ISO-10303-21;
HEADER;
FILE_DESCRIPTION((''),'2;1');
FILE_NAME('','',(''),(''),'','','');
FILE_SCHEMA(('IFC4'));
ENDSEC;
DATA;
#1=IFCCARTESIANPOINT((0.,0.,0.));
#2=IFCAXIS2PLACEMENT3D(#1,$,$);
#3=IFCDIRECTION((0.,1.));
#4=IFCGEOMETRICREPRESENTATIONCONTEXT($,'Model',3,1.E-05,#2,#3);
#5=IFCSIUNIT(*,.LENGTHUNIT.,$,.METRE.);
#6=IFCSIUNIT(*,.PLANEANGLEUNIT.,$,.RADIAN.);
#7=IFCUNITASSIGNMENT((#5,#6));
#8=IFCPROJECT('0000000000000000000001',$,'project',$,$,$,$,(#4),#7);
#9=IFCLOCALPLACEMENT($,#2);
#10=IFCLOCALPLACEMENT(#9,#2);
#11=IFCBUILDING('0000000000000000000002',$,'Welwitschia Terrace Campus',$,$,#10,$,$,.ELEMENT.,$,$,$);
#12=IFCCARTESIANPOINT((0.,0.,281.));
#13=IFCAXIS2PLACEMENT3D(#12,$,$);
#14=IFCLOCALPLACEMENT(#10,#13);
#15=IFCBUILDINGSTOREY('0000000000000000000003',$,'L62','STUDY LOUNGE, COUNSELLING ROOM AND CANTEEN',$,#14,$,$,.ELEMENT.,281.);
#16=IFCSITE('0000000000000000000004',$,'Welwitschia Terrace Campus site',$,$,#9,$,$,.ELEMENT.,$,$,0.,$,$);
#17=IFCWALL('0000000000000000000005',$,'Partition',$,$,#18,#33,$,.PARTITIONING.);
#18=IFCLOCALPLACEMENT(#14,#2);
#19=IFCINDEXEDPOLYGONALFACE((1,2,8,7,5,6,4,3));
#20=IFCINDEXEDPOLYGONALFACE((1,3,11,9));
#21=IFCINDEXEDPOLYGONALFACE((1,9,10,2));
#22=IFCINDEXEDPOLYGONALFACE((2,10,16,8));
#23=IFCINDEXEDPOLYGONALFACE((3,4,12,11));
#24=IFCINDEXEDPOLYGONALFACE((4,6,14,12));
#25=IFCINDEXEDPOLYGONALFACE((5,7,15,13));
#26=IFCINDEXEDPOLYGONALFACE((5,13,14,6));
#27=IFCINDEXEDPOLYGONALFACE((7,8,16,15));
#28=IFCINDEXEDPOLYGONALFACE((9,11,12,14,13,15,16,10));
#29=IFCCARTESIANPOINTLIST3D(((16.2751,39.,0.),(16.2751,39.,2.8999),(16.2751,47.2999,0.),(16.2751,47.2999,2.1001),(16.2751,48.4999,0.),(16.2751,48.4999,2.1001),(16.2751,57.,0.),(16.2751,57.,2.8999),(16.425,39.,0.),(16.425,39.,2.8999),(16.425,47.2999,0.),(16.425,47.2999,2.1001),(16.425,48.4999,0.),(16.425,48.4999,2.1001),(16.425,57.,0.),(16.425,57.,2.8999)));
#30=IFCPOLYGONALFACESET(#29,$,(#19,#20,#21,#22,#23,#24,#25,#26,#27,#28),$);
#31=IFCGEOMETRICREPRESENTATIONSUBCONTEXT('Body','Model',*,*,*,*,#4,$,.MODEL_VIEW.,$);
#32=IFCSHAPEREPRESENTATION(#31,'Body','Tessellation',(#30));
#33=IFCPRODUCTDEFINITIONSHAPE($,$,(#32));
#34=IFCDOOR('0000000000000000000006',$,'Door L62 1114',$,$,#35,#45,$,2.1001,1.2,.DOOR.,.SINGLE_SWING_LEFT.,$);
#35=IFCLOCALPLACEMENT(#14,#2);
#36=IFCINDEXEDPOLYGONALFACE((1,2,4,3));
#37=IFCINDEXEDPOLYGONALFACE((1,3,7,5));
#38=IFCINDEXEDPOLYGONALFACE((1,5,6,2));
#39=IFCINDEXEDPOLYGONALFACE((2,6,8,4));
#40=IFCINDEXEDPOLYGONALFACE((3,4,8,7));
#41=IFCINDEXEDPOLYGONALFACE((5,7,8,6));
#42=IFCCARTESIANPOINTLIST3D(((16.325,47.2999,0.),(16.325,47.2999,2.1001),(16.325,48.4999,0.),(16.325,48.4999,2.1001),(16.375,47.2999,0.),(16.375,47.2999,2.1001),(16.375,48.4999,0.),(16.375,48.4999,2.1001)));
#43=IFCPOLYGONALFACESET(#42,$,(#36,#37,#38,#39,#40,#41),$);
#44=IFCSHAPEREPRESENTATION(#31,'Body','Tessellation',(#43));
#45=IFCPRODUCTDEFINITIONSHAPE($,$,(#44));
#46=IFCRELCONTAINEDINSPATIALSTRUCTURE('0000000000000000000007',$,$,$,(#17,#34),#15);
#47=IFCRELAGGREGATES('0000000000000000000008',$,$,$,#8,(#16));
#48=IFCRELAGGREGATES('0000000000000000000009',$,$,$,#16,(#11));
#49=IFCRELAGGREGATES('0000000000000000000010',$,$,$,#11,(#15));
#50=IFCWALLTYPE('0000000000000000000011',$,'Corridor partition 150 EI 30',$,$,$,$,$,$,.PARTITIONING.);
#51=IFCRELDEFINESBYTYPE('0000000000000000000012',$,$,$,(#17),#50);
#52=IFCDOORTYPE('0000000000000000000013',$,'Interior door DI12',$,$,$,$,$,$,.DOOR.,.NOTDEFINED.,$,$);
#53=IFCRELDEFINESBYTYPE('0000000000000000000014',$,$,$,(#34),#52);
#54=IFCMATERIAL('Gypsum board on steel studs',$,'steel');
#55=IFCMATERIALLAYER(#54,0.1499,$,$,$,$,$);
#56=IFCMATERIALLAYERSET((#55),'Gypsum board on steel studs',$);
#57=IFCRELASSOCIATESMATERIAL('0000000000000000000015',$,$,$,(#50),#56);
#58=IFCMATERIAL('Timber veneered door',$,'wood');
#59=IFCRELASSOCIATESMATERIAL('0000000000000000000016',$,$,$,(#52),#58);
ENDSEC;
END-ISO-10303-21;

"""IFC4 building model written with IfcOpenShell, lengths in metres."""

from ifc_helpers import new_model, si_unit, direction, frame, frame_2d, origin, place, context, subcontext, project, spatial, rectangle, extrude, material, layer, layer_set, type_object, element, fill, save


model = new_model("IFC4")

# Units and contexts
model_context = context("Model", 3, precision=1e-05, world=origin(), true_north=direction((0.0, 1.0)))
body_context = subcontext(model_context, "Body", "Model", "MODEL_VIEW")
ifc_project = project(units=[si_unit("LENGTHUNIT", "METRE"), si_unit("PLANEANGLEUNIT", "RADIAN")], contexts=[model_context])

# Site, building, storey
site_placement = place(None, origin())
site = spatial("IfcSite", under=ifc_project, at=site_placement, Name="Welwitschia Terrace Campus site", CompositionType="ELEMENT", RefElevation=0.0)
building_placement = place(site_placement, origin())
building = spatial("IfcBuilding", under=site, at=building_placement, Name="Welwitschia Terrace Campus", CompositionType="ELEMENT")
storey_placement = place(building_placement, frame((0.0, 0.0, 281.0)))
storey = spatial("IfcBuildingStorey", under=building, at=storey_placement, Name="L62", Description="STUDY LOUNGE, COUNSELLING ROOM AND CANTEEN", CompositionType="ELEMENT", Elevation=281.0)

# Wall, opening, door
ifc_material_1 = material(Name="Gypsum board on steel studs", Category="steel")
ifc_layer_1 = layer(ifc_material_1, 0.1499)
ifc_layer_set_1 = layer_set([ifc_layer_1], Name="Gypsum board on steel studs")
wall_type = type_object("IfcWallType", Name="Corridor partition 150 EI 30", PredefinedType="PARTITIONING", material=ifc_layer_set_1)
ifc_material_2 = material(Name="Timber veneered door", Category="wood")
door_type_1 = type_object("IfcDoorType", Name="Interior door DI12", OperationType="NOTDEFINED", PredefinedType="DOOR", material=ifc_material_2)
wall_1_placement = place(storey_placement, frame((16.3501, 57.0, 0.0), z_axis=(0.0, 0.0, 1.0), x_axis=(0.0, -1.0, 0.0)))
wall_1 = element("IfcWall", 1, at=wall_1_placement, inside=storey, type_object=wall_type, Name="Partition", PredefinedType="PARTITIONING", context=body_context, shape_type="SweptSolid", body=[
    extrude(rectangle(XDim=18.0, YDim=0.1499, at=frame_2d((9.0, 0.0))), origin(), (0.0, 0.0, 1.0), 2.8999),
])
opening_1_placement = place(wall_1_placement, frame((8.5, 0.0, 0.0)))
opening_1 = element("IfcOpeningElement", 2, at=opening_1_placement, cuts=wall_1, PredefinedType="OPENING", context=body_context, shape_type="SweptSolid", body=[
    extrude(rectangle(XDim=1.2, YDim=2.1001, at=frame_2d((0.6001, 1.05))), frame((0.0, 0.085, 0.0), z_axis=(0.0, -1.0, 0.0), x_axis=(1.0, 0.0, 0.0)), (0.0, 0.0, 1.0), 0.1699),
])
door_1_placement = place(opening_1_placement, origin())
door_1 = element("IfcDoor", 3, at=door_1_placement, inside=storey, type_object=door_type_1, Name="Door L62 1114", OperationType="SINGLE_SWING_LEFT", OverallHeight=2.1001, OverallWidth=1.2, PredefinedType="DOOR", context=body_context, shape_type="SweptSolid", body=[
    extrude(rectangle(XDim=1.2, YDim=2.1001, at=frame_2d((0.6001, 1.05))), frame((0.0, 0.0249, 0.0), z_axis=(0.0, -1.0, 0.0), x_axis=(1.0, 0.0, 0.0)), (0.0, 0.0, 1.0), 0.05),
])
fill(opening_1, door_1)

save(model, "model.ifc")
